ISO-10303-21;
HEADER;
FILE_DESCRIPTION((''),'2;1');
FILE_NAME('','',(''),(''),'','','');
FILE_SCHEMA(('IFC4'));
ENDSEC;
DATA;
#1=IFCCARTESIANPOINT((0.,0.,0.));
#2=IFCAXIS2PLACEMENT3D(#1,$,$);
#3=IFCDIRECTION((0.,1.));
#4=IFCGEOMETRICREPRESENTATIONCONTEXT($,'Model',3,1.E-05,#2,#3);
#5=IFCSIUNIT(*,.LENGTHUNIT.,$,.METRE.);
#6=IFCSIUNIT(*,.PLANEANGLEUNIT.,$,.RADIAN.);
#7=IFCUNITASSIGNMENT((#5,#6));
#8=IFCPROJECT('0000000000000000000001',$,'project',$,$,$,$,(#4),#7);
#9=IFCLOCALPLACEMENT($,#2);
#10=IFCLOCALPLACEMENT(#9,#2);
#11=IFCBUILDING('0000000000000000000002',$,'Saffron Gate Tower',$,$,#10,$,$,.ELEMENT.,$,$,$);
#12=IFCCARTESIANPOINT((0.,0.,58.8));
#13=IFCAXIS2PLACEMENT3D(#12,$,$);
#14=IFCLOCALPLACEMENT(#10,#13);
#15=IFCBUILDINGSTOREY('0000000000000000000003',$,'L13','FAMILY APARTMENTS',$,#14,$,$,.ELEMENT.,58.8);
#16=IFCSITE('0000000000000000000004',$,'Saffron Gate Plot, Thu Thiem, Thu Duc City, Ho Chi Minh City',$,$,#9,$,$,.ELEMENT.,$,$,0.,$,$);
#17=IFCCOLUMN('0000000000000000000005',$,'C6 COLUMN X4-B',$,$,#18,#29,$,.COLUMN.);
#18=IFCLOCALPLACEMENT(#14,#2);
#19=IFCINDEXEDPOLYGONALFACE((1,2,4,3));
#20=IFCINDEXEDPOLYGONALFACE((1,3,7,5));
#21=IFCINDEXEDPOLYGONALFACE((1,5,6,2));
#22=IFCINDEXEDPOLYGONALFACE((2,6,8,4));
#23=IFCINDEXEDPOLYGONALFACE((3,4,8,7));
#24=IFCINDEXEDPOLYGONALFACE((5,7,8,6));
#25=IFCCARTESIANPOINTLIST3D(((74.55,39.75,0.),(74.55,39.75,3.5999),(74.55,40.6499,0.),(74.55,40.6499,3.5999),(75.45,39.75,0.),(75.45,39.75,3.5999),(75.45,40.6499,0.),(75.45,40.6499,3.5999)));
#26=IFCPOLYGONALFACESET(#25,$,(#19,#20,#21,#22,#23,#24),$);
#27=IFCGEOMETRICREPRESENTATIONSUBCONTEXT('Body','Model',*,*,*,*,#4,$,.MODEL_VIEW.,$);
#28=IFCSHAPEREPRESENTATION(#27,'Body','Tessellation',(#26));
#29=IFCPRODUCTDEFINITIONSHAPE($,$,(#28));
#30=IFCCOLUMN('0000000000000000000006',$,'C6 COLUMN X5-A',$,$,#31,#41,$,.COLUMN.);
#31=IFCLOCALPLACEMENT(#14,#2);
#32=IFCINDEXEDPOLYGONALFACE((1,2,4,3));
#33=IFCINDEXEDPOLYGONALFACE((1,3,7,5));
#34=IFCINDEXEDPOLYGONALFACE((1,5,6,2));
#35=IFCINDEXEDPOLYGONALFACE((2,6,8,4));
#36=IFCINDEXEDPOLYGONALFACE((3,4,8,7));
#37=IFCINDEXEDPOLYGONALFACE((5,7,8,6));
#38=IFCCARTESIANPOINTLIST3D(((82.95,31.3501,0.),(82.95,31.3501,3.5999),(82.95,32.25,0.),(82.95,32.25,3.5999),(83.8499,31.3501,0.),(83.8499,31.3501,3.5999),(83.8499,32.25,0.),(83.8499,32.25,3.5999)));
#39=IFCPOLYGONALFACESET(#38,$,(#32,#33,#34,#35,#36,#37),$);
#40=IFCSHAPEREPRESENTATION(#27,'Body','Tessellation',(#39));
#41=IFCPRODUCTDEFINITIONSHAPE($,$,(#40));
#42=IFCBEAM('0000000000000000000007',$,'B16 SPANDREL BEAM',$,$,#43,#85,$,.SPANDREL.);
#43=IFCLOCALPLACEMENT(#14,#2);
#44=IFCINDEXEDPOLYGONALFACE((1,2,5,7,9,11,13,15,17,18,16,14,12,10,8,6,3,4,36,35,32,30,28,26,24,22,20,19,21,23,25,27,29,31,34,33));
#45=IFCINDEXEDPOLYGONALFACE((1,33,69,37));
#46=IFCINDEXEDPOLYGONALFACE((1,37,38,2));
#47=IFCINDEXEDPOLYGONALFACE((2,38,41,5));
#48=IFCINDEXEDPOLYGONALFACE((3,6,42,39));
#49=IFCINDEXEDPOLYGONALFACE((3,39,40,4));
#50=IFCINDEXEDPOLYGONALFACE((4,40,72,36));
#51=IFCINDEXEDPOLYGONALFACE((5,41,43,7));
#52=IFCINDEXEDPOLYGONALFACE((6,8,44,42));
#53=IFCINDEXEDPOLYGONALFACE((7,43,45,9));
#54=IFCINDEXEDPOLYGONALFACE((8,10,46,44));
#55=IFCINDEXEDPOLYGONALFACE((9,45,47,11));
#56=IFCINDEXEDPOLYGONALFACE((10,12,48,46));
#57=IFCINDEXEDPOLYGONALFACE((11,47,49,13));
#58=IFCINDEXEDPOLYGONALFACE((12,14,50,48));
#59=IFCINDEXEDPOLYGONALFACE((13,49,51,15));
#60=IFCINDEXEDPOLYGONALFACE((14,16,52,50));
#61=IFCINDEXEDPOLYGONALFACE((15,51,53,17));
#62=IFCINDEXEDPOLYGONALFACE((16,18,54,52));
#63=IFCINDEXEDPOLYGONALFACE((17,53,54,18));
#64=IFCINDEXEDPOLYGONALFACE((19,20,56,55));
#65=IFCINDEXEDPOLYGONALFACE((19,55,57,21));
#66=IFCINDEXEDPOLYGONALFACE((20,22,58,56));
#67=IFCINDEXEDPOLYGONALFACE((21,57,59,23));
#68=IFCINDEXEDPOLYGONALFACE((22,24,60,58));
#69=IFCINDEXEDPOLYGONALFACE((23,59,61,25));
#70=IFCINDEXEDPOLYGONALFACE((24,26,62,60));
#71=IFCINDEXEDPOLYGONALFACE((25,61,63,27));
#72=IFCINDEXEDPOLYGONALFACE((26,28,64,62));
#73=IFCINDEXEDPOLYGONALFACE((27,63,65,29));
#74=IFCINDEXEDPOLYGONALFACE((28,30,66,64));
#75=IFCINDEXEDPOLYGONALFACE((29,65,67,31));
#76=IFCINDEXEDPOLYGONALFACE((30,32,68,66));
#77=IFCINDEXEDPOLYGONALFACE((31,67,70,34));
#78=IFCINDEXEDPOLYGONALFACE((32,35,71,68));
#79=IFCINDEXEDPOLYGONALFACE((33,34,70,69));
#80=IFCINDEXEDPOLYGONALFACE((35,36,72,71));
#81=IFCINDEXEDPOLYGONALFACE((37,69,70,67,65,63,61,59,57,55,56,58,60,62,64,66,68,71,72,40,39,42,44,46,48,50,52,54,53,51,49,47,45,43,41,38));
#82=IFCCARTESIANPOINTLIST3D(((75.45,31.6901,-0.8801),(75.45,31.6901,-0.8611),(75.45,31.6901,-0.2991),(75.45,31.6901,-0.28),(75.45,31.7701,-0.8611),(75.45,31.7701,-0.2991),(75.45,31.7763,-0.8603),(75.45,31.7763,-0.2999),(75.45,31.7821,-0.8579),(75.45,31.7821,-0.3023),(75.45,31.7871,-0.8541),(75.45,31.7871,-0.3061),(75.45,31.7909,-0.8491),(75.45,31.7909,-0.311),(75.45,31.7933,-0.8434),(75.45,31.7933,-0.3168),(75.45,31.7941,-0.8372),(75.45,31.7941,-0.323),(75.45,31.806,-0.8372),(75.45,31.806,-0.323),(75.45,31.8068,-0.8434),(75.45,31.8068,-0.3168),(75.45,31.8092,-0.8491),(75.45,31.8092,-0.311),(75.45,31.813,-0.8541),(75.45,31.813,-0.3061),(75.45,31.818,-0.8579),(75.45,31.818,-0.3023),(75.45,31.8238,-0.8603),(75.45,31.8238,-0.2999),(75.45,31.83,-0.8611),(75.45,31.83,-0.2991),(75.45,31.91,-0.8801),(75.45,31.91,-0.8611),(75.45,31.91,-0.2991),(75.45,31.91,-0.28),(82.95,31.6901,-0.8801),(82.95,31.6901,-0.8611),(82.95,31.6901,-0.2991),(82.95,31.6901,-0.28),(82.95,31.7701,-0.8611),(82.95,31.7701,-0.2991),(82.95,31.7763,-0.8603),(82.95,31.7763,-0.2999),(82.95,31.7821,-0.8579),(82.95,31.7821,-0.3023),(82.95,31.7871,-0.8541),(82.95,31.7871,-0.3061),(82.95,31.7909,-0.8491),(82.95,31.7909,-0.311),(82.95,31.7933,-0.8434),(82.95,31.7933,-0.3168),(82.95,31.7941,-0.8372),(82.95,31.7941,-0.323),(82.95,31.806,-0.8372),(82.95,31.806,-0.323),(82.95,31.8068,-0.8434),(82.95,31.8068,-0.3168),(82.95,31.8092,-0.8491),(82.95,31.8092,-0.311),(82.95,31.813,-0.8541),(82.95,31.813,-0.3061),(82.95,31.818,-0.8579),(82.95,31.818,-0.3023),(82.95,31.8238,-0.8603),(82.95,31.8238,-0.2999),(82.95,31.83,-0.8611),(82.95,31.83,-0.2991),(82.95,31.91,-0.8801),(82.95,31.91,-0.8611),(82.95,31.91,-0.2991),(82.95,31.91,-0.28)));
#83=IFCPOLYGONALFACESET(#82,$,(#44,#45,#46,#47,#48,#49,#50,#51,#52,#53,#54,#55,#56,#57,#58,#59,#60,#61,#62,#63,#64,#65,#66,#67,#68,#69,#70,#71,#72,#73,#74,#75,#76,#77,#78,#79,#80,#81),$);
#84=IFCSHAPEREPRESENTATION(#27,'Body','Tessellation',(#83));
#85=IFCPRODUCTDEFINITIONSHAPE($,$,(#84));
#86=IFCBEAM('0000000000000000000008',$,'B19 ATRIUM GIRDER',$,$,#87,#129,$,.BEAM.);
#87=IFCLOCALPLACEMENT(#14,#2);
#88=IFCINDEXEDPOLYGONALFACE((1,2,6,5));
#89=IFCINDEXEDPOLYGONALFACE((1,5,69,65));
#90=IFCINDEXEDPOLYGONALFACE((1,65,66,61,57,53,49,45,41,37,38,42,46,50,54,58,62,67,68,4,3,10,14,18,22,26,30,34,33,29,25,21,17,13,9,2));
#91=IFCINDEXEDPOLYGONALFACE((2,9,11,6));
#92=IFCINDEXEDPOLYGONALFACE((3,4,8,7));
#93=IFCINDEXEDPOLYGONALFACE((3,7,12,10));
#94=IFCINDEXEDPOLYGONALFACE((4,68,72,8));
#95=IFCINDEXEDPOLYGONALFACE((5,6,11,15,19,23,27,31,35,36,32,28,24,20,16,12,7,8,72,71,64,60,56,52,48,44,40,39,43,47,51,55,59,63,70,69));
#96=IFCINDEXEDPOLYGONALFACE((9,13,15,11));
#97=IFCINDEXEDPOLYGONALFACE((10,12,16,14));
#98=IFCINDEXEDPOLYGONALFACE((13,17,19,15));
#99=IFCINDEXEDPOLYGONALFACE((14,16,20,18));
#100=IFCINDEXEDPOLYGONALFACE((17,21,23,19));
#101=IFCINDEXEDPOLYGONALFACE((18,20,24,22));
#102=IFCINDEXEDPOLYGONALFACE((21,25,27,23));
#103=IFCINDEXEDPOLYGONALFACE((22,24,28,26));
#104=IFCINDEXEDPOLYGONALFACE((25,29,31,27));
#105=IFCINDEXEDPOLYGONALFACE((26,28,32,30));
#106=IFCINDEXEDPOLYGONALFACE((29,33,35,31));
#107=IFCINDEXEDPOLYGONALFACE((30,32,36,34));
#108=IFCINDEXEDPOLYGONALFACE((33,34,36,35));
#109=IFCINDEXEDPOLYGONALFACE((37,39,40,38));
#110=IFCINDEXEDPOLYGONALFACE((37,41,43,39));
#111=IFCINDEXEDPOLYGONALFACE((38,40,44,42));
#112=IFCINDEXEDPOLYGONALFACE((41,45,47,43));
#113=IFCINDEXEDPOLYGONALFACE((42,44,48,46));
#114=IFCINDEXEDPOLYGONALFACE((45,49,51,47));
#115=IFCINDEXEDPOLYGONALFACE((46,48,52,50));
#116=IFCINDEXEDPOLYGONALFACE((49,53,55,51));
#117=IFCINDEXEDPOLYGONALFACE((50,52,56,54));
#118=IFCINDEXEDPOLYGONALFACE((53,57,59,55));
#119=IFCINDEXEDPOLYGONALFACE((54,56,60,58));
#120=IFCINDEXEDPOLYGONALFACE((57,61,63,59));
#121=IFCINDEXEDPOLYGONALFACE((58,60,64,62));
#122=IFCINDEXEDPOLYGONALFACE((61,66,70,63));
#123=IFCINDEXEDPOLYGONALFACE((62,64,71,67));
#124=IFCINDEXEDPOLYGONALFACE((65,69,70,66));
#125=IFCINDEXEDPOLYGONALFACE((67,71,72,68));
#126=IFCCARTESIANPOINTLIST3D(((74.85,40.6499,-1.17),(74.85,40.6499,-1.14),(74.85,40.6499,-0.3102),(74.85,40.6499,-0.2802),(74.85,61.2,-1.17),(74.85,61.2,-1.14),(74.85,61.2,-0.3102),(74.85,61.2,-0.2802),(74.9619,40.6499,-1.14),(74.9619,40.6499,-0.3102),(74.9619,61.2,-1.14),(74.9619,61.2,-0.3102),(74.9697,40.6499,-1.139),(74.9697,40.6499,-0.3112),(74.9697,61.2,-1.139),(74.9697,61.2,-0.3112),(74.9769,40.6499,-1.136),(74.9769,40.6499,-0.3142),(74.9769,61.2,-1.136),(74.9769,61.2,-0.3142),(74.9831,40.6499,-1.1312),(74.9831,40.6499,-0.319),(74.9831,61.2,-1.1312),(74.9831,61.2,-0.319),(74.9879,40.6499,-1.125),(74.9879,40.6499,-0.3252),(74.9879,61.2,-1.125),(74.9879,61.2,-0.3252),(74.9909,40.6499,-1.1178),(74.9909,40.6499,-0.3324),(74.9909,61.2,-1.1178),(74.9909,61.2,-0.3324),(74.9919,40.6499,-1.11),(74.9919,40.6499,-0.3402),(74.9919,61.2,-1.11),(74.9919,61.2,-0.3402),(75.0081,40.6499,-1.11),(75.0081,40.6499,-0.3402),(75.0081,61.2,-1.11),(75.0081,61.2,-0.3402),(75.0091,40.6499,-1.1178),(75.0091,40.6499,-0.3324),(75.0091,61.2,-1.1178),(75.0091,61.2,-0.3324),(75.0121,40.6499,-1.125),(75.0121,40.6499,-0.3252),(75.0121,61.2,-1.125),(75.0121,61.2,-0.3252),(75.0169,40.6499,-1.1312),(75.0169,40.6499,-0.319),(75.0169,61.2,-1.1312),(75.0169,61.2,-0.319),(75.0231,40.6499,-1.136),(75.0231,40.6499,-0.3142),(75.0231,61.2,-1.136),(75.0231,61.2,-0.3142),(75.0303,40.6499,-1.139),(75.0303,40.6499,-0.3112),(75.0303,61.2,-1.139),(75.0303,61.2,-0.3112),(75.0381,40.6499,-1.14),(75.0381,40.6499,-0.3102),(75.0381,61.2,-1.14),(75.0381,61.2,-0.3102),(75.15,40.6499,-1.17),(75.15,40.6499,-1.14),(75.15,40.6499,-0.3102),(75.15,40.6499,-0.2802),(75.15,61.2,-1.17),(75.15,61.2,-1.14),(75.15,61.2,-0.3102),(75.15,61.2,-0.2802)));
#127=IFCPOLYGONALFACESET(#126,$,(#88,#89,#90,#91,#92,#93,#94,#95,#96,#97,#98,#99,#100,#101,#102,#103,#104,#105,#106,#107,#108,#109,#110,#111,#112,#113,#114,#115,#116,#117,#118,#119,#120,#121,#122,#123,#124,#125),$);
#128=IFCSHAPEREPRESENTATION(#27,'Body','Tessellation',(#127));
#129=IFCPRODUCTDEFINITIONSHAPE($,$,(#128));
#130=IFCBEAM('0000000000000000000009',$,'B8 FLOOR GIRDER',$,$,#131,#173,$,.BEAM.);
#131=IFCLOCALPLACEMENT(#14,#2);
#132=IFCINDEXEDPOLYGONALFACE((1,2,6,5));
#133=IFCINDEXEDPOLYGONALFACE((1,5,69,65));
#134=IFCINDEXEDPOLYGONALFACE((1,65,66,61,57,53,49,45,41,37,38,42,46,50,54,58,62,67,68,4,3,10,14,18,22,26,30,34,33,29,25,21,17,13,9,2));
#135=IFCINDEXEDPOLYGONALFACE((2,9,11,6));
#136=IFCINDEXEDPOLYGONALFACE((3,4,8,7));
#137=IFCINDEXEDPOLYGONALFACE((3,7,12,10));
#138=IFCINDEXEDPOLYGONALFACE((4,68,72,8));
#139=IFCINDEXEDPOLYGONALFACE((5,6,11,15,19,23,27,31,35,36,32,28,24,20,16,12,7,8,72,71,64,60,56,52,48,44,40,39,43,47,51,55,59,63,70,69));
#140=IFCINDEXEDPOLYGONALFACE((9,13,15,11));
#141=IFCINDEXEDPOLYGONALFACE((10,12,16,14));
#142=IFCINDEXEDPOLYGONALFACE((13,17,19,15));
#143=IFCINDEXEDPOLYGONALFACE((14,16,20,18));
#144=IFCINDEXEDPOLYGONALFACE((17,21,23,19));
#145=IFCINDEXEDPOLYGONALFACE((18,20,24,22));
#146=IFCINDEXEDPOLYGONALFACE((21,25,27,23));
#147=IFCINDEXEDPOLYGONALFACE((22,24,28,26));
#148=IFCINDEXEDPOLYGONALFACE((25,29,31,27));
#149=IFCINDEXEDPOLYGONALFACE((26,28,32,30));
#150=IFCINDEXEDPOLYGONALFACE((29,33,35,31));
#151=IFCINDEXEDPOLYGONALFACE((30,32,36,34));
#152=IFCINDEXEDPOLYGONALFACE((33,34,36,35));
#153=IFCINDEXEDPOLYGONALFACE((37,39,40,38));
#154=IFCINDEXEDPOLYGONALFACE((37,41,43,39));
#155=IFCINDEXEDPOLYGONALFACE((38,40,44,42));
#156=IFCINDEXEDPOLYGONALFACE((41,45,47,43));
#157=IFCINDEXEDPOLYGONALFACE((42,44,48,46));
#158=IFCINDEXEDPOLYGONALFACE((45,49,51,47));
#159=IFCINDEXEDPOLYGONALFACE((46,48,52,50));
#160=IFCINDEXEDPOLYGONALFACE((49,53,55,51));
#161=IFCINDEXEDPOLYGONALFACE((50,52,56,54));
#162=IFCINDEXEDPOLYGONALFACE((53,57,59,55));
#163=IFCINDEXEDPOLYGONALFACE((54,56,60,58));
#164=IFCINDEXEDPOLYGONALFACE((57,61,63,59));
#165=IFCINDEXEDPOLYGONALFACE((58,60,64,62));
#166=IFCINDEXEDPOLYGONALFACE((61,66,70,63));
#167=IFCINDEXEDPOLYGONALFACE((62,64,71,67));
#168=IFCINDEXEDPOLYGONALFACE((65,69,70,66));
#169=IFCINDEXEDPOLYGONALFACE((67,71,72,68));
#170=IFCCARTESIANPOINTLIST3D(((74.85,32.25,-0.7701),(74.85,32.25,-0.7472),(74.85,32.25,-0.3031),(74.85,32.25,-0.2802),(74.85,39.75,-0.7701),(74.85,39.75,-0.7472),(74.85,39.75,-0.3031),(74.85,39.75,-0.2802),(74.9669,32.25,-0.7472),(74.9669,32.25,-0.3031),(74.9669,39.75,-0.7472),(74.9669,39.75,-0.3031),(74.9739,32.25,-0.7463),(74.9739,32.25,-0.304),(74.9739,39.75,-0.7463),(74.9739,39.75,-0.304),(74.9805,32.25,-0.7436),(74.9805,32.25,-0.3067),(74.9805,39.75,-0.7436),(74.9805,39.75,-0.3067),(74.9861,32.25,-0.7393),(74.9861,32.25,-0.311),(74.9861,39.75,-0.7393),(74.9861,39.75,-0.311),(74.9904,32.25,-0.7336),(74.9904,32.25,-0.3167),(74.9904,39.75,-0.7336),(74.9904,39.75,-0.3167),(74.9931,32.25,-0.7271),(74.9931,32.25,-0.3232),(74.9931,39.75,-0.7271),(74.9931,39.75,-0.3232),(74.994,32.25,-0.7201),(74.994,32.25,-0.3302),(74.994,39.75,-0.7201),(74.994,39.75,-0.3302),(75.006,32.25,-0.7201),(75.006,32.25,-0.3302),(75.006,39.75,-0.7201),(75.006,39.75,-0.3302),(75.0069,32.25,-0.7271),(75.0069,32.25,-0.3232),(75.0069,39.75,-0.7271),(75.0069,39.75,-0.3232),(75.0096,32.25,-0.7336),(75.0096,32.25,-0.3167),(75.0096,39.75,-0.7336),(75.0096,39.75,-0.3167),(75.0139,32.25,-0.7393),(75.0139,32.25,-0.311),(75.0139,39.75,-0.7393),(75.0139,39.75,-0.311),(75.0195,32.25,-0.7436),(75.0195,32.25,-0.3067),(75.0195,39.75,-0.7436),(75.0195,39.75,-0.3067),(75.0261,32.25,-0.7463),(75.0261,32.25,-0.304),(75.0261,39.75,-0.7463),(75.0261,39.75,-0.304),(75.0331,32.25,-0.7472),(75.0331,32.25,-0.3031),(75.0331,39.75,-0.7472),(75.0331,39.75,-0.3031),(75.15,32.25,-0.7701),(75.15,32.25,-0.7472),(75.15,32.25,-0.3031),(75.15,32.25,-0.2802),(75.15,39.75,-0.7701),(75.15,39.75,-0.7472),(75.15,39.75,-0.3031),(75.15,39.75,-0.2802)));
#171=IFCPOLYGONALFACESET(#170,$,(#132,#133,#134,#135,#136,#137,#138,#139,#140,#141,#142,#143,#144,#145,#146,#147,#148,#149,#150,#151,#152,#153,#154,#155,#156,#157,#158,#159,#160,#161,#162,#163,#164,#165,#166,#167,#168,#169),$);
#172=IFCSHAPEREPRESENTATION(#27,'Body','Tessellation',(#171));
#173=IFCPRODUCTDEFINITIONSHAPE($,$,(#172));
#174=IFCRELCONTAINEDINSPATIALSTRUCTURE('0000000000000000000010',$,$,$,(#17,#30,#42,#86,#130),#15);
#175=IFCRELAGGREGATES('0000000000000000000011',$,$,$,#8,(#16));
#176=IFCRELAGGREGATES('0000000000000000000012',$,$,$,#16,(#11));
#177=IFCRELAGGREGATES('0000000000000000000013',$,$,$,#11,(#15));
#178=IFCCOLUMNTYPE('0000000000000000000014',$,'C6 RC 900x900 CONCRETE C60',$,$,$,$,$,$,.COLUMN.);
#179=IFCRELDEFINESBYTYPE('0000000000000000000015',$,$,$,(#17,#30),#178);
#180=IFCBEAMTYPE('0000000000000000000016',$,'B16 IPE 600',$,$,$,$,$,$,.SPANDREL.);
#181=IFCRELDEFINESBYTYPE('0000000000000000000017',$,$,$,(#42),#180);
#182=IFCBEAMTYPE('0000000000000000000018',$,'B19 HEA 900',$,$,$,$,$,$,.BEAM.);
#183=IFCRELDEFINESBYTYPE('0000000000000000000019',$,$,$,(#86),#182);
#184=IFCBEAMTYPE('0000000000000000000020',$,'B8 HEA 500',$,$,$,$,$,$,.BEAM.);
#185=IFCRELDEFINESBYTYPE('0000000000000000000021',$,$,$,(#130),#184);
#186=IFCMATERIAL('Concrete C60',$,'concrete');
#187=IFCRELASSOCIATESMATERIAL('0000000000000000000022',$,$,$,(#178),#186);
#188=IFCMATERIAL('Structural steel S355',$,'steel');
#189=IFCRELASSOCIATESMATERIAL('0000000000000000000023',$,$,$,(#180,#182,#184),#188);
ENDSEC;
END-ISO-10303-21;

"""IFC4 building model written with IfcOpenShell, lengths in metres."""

from ifc_helpers import new_model, si_unit, direction, frame, origin, origin_2d, place, context, subcontext, project, spatial, rectangle, i_section, extrude, material, material_profile, profile_set, type_object, element, save


model = new_model("IFC4")

# Units and contexts
model_context = context("Model", 3, precision=1e-05, world=origin(), true_north=direction((0.0, 1.0)))
body_context = subcontext(model_context, "Body", "Model", "MODEL_VIEW")
ifc_project = project(units=[si_unit("LENGTHUNIT", "METRE"), si_unit("PLANEANGLEUNIT", "RADIAN")], contexts=[model_context])

# Site, building, storey
site_placement = place(None, origin())
site = spatial("IfcSite", under=ifc_project, at=site_placement, Name="Saffron Gate Plot, Thu Thiem, Thu Duc City, Ho Chi Minh City", CompositionType="ELEMENT", RefElevation=0.0)
building_placement = place(site_placement, origin())
building = spatial("IfcBuilding", under=site, at=building_placement, Name="Saffron Gate Tower", CompositionType="ELEMENT")
storey_placement = place(building_placement, frame((0.0, 0.0, 58.8)))
storey = spatial("IfcBuildingStorey", under=building, at=storey_placement, Name="L13", Description="FAMILY APARTMENTS", CompositionType="ELEMENT", Elevation=58.8)

# Columns
ifc_material_1 = material(Name="Concrete C60", Category="concrete")
ifc_material_profile_1 = material_profile(ifc_material_1, rectangle(XDim=0.8999, YDim=0.8999, at=origin_2d()))
ifc_profile_set_1 = profile_set([ifc_material_profile_1], Name="Concrete C60")
column_type = type_object("IfcColumnType", Name="C6 RC 900x900 CONCRETE C60", PredefinedType="COLUMN", material=ifc_profile_set_1)
for number, where, z_axis, x_axis, name in (
    (1, (75.0, 40.2, 0.0), (0.0, 0.0, 1.0), (1.0, 0.0, 0.0), "C6 COLUMN X4-B"),
    (2, (83.3999, 31.8, 0.0), (0.0, 0.0, 1.0), (1.0, 0.0, 0.0), "C6 COLUMN X5-A"),
):
    element("IfcColumn", number, at=place(storey_placement, frame(where, z_axis=z_axis, x_axis=x_axis)), inside=storey, type_object=column_type, Name=name, PredefinedType="COLUMN", context=body_context, shape_type="SweptSolid", body=[
        extrude(rectangle(XDim=0.8999, YDim=0.8999, at=origin_2d()), origin(), (0.0, 0.0, 1.0), 3.5999),
    ])

# Beams
ifc_material_2 = material(Name="Structural steel S355", Category="steel")
ifc_material_profile_2 = material_profile(ifc_material_2, i_section(OverallWidth=0.22, OverallDepth=0.6001, WebThickness=0.012, FlangeThickness=0.019, FilletRadius=0.0239, at=origin_2d()))
ifc_profile_set_2 = profile_set([ifc_material_profile_2], Name="Structural steel S355")
beam_type_1 = type_object("IfcBeamType", Name="B16 IPE 600", PredefinedType="SPANDREL", material=ifc_profile_set_2)
beam_1_placement = place(storey_placement, frame((75.45, 31.8, -0.5801), z_axis=(1.0, 0.0, 0.0), x_axis=(0.0, 1.0, 0.0)))
element("IfcBeam", 3, at=beam_1_placement, inside=storey, type_object=beam_type_1, Name="B16 SPANDREL BEAM", PredefinedType="SPANDREL", context=body_context, shape_type="SweptSolid", body=[
    extrude(i_section(OverallWidth=0.22, OverallDepth=0.6001, WebThickness=0.012, FlangeThickness=0.019, FilletRadius=0.0239, at=origin_2d()), origin(), (0.0, 0.0, 1.0), 7.5),
])
ifc_material_profile_3 = material_profile(ifc_material_2, i_section(OverallWidth=0.3, OverallDepth=0.8899, WebThickness=0.0161, FlangeThickness=0.03, FilletRadius=0.03, at=origin_2d()))
ifc_profile_set_3 = profile_set([ifc_material_profile_3], Name="Structural steel S355")
beam_type_2 = type_object("IfcBeamType", Name="B19 HEA 900", PredefinedType="BEAM", material=ifc_profile_set_3)
beam_2_placement = place(storey_placement, frame((75.0, 40.6499, -0.7251), z_axis=(0.0, 1.0, 0.0), x_axis=(-1.0, 0.0, 0.0)))
element("IfcBeam", 4, at=beam_2_placement, inside=storey, type_object=beam_type_2, Name="B19 ATRIUM GIRDER", PredefinedType="BEAM", context=body_context, shape_type="SweptSolid", body=[
    extrude(i_section(OverallWidth=0.3, OverallDepth=0.8899, WebThickness=0.0161, FlangeThickness=0.03, FilletRadius=0.03, at=origin_2d()), origin(), (0.0, 0.0, 1.0), 20.55),
])
ifc_material_profile_4 = material_profile(ifc_material_2, i_section(OverallWidth=0.3, OverallDepth=0.49, WebThickness=0.012, FlangeThickness=0.0229, FilletRadius=0.0271, at=origin_2d()))
ifc_profile_set_4 = profile_set([ifc_material_profile_4], Name="Structural steel S355")
beam_type_3 = type_object("IfcBeamType", Name="B8 HEA 500", PredefinedType="BEAM", material=ifc_profile_set_4)
for number, where, z_axis, x_axis, name in (
    (5, (75.0, 32.25, -0.5251), (0.0, 1.0, 0.0), (-1.0, 0.0, 0.0), "B8 FLOOR GIRDER"),
):
    element("IfcBeam", number, at=place(storey_placement, frame(where, z_axis=z_axis, x_axis=x_axis)), inside=storey, type_object=beam_type_3, Name=name, PredefinedType="BEAM", context=body_context, shape_type="SweptSolid", body=[
        extrude(i_section(OverallWidth=0.3, OverallDepth=0.49, WebThickness=0.012, FlangeThickness=0.0229, FilletRadius=0.0271, at=origin_2d()), origin(), (0.0, 0.0, 1.0), 7.5),
    ])

save(model, "model.ifc")
